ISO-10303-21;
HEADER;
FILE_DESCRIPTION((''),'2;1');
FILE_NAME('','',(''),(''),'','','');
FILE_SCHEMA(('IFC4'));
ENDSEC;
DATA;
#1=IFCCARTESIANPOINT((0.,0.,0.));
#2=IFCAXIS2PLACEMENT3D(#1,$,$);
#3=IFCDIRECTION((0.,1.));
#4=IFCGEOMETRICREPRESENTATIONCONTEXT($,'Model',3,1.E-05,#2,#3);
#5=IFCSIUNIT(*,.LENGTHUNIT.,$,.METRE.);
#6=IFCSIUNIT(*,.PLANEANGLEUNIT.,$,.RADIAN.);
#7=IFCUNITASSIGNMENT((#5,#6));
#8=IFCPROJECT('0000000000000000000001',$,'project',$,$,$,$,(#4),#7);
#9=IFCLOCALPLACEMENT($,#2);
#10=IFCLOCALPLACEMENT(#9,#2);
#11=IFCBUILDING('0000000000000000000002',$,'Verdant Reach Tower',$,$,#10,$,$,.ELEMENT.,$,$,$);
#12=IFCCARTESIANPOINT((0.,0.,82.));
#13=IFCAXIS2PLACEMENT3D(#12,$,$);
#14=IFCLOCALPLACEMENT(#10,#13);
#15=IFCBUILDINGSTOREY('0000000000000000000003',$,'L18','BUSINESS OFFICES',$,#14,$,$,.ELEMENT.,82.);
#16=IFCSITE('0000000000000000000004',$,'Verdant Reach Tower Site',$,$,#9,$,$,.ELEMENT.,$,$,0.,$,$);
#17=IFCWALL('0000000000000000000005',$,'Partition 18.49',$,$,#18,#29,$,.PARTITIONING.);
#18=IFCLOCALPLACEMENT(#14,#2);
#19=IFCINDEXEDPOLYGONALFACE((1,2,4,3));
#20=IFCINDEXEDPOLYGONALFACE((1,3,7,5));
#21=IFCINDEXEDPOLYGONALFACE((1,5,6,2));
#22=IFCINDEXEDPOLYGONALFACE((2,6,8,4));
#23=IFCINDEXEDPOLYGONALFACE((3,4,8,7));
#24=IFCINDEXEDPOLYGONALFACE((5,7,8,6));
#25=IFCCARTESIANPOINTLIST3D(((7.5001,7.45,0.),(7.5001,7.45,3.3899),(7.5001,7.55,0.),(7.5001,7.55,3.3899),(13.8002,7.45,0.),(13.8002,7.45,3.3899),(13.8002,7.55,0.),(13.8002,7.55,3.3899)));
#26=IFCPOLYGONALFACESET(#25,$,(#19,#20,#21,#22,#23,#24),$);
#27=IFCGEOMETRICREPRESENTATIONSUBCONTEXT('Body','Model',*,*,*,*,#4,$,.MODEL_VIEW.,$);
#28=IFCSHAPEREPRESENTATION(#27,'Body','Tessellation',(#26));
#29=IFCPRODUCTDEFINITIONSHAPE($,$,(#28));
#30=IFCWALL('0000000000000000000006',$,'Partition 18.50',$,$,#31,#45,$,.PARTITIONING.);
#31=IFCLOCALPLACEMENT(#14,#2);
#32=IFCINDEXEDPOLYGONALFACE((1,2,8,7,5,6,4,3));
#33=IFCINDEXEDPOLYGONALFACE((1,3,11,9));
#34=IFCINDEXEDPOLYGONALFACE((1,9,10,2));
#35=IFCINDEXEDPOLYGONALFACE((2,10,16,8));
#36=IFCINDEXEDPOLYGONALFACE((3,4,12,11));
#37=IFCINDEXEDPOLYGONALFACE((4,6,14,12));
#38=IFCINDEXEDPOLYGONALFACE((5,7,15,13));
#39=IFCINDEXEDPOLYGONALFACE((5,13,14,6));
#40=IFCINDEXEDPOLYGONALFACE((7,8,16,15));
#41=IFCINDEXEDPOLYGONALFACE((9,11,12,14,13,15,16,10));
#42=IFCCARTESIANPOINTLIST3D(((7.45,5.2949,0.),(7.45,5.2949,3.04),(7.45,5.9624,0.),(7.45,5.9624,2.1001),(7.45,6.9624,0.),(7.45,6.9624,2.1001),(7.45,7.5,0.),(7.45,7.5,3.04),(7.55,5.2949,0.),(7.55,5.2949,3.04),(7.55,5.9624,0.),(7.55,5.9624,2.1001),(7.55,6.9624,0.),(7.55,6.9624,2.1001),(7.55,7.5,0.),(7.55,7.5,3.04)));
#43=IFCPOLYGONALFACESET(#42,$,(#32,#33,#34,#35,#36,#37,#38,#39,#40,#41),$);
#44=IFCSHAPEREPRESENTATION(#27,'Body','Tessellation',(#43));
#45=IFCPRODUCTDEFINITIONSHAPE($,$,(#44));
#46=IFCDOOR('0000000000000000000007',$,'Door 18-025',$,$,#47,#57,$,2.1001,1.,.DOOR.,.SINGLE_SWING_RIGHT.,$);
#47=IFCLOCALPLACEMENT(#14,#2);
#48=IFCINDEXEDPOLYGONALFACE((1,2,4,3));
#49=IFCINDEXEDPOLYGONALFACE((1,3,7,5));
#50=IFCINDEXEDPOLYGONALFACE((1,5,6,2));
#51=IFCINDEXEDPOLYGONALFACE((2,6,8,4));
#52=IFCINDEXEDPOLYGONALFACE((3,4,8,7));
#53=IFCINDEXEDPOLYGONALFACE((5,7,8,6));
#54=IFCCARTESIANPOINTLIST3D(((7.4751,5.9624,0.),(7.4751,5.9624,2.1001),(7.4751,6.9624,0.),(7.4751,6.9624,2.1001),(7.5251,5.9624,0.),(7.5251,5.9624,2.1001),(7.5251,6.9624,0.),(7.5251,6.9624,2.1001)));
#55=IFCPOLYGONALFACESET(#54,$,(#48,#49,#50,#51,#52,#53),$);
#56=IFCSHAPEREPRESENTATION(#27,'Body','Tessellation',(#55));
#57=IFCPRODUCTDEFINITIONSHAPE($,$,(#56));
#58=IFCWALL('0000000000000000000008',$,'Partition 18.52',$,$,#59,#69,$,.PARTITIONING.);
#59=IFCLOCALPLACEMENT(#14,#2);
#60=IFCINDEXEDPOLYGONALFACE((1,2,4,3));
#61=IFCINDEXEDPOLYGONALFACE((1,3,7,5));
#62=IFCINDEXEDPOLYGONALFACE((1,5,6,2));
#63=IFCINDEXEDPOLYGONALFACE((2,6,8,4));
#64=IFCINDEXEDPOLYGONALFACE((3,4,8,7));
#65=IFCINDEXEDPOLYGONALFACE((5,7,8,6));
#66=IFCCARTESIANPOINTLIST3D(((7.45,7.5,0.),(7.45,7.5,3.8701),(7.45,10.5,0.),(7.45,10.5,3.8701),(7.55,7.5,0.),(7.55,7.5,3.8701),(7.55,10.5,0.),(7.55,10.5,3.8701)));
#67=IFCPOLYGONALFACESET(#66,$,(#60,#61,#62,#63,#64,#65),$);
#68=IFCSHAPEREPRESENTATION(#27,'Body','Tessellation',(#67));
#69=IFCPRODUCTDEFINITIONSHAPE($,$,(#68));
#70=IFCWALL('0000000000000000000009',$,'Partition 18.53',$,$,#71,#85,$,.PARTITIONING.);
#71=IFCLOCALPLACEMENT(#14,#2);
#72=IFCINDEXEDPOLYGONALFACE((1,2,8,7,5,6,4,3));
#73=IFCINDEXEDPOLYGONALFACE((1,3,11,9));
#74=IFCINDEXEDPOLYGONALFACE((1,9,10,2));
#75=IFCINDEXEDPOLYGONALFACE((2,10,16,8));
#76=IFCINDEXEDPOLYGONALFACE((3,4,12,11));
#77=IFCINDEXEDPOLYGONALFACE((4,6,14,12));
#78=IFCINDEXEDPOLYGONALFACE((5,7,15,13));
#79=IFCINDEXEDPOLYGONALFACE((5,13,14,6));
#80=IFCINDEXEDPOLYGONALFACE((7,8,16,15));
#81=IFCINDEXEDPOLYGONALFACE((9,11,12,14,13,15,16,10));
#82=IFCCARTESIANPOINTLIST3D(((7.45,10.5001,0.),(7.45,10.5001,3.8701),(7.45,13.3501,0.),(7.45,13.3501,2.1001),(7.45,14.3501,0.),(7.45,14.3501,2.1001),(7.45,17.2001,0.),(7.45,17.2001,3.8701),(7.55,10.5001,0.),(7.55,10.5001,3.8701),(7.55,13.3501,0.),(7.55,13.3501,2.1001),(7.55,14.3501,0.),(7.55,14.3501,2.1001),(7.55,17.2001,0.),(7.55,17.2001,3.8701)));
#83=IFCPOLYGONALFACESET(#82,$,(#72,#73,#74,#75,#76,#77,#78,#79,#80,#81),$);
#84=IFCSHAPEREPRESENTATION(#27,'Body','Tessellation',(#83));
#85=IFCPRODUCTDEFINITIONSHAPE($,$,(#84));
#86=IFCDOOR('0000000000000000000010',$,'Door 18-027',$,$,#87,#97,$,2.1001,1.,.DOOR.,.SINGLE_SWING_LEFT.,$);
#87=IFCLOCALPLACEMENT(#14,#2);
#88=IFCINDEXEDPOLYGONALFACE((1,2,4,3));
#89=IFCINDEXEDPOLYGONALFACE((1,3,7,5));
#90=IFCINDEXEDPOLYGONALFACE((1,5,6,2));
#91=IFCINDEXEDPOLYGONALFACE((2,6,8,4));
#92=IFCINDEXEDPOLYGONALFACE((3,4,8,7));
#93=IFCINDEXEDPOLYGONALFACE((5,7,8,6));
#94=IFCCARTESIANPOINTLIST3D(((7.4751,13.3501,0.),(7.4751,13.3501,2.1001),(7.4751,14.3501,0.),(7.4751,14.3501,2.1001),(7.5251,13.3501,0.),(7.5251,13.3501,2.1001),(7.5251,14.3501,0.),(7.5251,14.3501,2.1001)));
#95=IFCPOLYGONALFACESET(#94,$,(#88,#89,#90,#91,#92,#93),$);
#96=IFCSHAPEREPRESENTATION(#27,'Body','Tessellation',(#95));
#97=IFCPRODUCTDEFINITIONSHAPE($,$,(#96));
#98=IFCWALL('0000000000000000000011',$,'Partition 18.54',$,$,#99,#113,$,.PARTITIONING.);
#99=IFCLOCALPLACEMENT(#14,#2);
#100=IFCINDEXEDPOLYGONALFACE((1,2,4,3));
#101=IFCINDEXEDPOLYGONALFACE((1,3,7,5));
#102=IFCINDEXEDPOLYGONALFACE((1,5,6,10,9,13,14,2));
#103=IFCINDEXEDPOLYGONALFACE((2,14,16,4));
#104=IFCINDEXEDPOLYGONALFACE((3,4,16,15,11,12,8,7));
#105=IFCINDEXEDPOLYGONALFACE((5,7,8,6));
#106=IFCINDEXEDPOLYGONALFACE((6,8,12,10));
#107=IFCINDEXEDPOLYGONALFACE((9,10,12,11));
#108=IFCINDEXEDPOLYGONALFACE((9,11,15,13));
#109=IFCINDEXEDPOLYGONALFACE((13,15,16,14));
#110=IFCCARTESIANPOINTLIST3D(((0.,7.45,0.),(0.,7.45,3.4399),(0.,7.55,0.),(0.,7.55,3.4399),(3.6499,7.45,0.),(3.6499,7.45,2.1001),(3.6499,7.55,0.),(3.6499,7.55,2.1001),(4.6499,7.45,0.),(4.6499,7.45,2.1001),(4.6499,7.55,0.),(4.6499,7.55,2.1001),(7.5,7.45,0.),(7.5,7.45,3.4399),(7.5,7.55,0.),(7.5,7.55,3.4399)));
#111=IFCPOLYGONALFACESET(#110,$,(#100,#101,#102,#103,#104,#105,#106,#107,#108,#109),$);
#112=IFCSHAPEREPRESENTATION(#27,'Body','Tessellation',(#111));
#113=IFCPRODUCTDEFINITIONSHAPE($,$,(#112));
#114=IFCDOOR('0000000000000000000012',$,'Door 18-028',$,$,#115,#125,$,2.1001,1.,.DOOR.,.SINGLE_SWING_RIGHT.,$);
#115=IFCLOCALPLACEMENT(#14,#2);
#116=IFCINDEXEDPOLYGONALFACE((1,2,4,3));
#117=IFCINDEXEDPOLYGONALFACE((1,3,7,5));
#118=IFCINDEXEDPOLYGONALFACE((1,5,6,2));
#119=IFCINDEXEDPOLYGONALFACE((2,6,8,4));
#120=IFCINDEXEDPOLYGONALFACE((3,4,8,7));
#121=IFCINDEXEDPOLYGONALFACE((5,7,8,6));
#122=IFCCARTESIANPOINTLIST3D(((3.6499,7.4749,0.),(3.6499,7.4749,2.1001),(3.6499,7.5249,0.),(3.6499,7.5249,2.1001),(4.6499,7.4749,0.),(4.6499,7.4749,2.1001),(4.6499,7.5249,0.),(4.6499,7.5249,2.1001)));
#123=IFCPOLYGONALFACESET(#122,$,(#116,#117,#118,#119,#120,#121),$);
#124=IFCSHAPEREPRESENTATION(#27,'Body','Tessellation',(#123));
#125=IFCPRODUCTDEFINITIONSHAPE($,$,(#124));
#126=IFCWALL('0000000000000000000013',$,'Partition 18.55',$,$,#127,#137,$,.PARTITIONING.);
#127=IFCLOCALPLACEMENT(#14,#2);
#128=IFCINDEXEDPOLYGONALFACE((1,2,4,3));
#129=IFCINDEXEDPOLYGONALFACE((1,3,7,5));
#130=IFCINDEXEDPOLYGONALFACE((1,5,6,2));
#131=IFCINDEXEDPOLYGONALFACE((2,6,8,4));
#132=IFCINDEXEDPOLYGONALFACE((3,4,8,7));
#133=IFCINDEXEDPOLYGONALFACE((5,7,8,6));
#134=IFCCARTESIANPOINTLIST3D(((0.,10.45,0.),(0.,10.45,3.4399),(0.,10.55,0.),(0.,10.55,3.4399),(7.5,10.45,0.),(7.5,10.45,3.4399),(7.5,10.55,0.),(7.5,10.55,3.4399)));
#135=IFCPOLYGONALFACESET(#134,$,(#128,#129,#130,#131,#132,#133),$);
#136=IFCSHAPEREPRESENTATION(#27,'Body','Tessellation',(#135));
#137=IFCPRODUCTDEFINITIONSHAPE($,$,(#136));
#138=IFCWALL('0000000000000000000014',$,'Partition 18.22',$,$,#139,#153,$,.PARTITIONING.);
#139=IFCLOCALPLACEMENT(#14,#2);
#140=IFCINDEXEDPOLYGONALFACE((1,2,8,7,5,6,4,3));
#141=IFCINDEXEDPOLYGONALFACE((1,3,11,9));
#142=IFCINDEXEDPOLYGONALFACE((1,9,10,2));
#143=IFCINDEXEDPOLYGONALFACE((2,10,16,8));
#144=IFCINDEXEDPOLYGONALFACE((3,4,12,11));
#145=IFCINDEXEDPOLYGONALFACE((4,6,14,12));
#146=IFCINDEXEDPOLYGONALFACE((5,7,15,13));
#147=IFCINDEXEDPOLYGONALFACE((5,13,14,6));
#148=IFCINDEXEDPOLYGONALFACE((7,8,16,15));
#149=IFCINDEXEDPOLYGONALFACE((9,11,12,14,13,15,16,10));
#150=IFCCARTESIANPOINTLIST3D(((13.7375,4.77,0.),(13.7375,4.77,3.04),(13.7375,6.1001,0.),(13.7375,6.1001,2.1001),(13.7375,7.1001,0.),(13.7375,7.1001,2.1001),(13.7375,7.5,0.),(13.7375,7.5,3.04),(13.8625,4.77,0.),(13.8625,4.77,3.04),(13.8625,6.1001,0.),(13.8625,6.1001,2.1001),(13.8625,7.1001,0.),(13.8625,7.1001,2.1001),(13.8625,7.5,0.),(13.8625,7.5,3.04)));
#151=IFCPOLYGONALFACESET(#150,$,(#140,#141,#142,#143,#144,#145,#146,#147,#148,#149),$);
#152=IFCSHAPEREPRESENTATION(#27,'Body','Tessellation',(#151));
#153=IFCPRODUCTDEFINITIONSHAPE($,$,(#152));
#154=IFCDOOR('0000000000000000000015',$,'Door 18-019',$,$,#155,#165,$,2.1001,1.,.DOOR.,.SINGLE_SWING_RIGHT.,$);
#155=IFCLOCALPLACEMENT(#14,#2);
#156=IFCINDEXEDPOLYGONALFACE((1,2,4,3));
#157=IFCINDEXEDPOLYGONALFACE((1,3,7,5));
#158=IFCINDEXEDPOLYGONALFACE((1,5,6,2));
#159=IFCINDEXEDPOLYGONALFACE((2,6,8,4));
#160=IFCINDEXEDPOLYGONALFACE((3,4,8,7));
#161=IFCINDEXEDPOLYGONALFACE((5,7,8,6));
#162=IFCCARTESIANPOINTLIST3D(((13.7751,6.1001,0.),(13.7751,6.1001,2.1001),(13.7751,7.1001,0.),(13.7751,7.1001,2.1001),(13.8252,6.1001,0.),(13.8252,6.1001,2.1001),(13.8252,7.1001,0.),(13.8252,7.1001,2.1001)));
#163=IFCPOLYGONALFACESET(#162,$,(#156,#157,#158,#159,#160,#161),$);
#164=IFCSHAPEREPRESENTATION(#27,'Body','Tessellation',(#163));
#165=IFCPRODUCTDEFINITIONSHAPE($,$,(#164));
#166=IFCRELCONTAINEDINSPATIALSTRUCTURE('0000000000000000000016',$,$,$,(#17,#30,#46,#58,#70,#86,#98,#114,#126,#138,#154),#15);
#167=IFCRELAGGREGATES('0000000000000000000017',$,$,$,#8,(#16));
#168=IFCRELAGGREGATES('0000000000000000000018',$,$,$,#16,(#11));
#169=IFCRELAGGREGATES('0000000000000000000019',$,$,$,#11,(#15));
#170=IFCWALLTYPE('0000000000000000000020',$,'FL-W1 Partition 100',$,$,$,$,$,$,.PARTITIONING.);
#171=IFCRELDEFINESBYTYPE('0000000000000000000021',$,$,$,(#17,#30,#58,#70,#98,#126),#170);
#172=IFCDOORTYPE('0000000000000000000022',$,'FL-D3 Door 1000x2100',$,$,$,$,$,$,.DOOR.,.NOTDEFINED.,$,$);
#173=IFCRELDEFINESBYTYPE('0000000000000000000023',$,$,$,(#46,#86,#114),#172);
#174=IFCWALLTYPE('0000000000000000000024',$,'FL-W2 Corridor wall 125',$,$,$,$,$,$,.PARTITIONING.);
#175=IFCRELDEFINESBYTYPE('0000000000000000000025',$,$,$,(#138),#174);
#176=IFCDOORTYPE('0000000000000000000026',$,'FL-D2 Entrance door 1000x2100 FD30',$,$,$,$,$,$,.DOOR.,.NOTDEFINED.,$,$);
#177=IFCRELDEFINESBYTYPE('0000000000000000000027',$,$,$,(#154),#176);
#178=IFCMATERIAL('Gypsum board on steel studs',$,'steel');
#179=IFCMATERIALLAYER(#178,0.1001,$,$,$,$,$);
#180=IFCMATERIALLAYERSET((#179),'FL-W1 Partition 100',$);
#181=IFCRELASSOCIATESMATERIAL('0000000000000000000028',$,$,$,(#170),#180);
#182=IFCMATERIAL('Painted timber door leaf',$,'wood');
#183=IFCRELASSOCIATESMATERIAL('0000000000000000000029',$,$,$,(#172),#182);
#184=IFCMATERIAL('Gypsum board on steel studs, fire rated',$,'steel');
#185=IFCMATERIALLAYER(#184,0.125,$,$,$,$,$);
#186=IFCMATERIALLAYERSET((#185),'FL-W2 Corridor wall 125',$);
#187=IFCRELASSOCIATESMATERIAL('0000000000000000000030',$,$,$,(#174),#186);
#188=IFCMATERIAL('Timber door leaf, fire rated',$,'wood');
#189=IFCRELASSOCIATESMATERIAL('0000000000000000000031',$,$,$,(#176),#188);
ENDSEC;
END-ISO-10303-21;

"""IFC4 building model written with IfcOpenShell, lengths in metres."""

from ifc_helpers import new_model, si_unit, direction, frame, frame_2d, origin, place, context, subcontext, project, spatial, rectangle, extrude, material, layer, layer_set, type_object, element, fill, save


model = new_model("IFC4")

# Units and contexts
model_context = context("Model", 3, precision=1e-05, world=origin(), true_north=direction((0.0, 1.0)))
body_context = subcontext(model_context, "Body", "Model", "MODEL_VIEW")
ifc_project = project(units=[si_unit("LENGTHUNIT", "METRE"), si_unit("PLANEANGLEUNIT", "RADIAN")], contexts=[model_context])

# Site, building, storey
site_placement = place(None, origin())
site = spatial("IfcSite", under=ifc_project, at=site_placement, Name="Verdant Reach Tower Site", CompositionType="ELEMENT", RefElevation=0.0)
building_placement = place(site_placement, origin())
building = spatial("IfcBuilding", under=site, at=building_placement, Name="Verdant Reach Tower", CompositionType="ELEMENT")
storey_placement = place(building_placement, frame((0.0, 0.0, 82.0)))
storey = spatial("IfcBuildingStorey", under=building, at=storey_placement, Name="L18", Description="BUSINESS OFFICES", CompositionType="ELEMENT", Elevation=82.0)

# Wall
ifc_material_1 = material(Name="Gypsum board on steel studs", Category="steel")
ifc_layer_1 = layer(ifc_material_1, 0.1001)
ifc_layer_set_1 = layer_set([ifc_layer_1], Name="FL-W1 Partition 100")
wall_type_1 = type_object("IfcWallType", Name="FL-W1 Partition 100", PredefinedType="PARTITIONING", material=ifc_layer_set_1)
wall_1_placement = place(storey_placement, frame((13.8, 7.5, 0.0), z_axis=(0.0, 0.0, 1.0), x_axis=(-1.0, 0.0, 0.0)))
element("IfcWall", 1, at=wall_1_placement, inside=storey, type_object=wall_type_1, Name="Partition 18.49", PredefinedType="PARTITIONING", context=body_context, shape_type="SweptSolid", body=[
    extrude(rectangle(XDim=6.3, YDim=0.1001, at=frame_2d((3.1499, 0.0))), origin(), (0.0, 0.0, 1.0), 3.3899),
])

# Wall, opening, door
wall_2_placement = place(storey_placement, frame((7.5, 5.2949, 0.0), z_axis=(0.0, 0.0, 1.0), x_axis=(0.0, 1.0, 0.0)))
wall_2 = element("IfcWall", 2, at=wall_2_placement, inside=storey, type_object=wall_type_1, Name="Partition 18.50", PredefinedType="PARTITIONING", context=body_context, shape_type="SweptSolid", body=[
    extrude(rectangle(XDim=2.2051, YDim=0.1001, at=frame_2d((1.1025, 0.0))), origin(), (0.0, 0.0, 1.0), 3.04),
])
opening_1_placement = place(wall_2_placement, frame((0.6675, 0.0, 0.0)))
opening_1 = element("IfcOpeningElement", 3, at=opening_1_placement, cuts=wall_2, PredefinedType="OPENING", context=body_context, shape_type="SweptSolid", body=[
    extrude(rectangle(XDim=1.0, YDim=2.1001, at=frame_2d((0.5, 1.05))), frame((0.0, 0.0601, 0.0), z_axis=(0.0, -1.0, 0.0), x_axis=(1.0, 0.0, 0.0)), (0.0, 0.0, 1.0), 0.1201),
])
ifc_material_2 = material(Name="Painted timber door leaf", Category="wood")
door_type_1 = type_object("IfcDoorType", Name="FL-D3 Door 1000x2100", OperationType="NOTDEFINED", PredefinedType="DOOR", material=ifc_material_2)
door_1_placement = place(opening_1_placement, origin())
door_1 = element("IfcDoor", 4, at=door_1_placement, inside=storey, type_object=door_type_1, Name="Door 18-025", OperationType="SINGLE_SWING_RIGHT", OverallHeight=2.1001, OverallWidth=1.0, PredefinedType="DOOR", context=body_context, shape_type="SweptSolid", body=[
    extrude(rectangle(XDim=1.0, YDim=2.1001, at=frame_2d((0.5, 1.05))), frame((0.0, 0.0249, 0.0), z_axis=(0.0, -1.0, 0.0), x_axis=(1.0, 0.0, 0.0)), (0.0, 0.0, 1.0), 0.05),
])
fill(opening_1, door_1)

# Wall
wall_3_placement = place(storey_placement, frame((7.5, 10.5, 0.0), z_axis=(0.0, 0.0, 1.0), x_axis=(0.0, -1.0, 0.0)))
element("IfcWall", 5, at=wall_3_placement, inside=storey, type_object=wall_type_1, Name="Partition 18.52", PredefinedType="PARTITIONING", context=body_context, shape_type="SweptSolid", body=[
    extrude(rectangle(XDim=3.0, YDim=0.1001, at=frame_2d((1.5, 0.0))), origin(), (0.0, 0.0, 1.0), 3.8701),
])

# Walls, openings, doors
wall_4_placement = place(storey_placement, frame((7.5, 10.5, 0.0), z_axis=(0.0, 0.0, 1.0), x_axis=(0.0, 1.0, 0.0)))
wall_4 = element("IfcWall", 6, at=wall_4_placement, inside=storey, type_object=wall_type_1, Name="Partition 18.53", PredefinedType="PARTITIONING", context=body_context, shape_type="SweptSolid", body=[
    extrude(rectangle(XDim=6.7, YDim=0.1001, at=frame_2d((3.3501, 0.0))), origin(), (0.0, 0.0, 1.0), 3.8701),
])
opening_2_placement = place(wall_4_placement, frame((2.8501, 0.0, 0.0)))
opening_2 = element("IfcOpeningElement", 7, at=opening_2_placement, cuts=wall_4, PredefinedType="OPENING", context=body_context, shape_type="SweptSolid", body=[
    extrude(rectangle(XDim=1.0, YDim=2.1001, at=frame_2d((0.5, 1.05))), frame((0.0, 0.0601, 0.0), z_axis=(0.0, -1.0, 0.0), x_axis=(1.0, 0.0, 0.0)), (0.0, 0.0, 1.0), 0.1201),
])
door_2_placement = place(opening_2_placement, origin())
door_2 = element("IfcDoor", 8, at=door_2_placement, inside=storey, type_object=door_type_1, Name="Door 18-027", OperationType="SINGLE_SWING_LEFT", OverallHeight=2.1001, OverallWidth=1.0, PredefinedType="DOOR", context=body_context, shape_type="SweptSolid", body=[
    extrude(rectangle(XDim=1.0, YDim=2.1001, at=frame_2d((0.5, 1.05))), frame((0.0, 0.0249, 0.0), z_axis=(0.0, -1.0, 0.0), x_axis=(1.0, 0.0, 0.0)), (0.0, 0.0, 1.0), 0.05),
])
fill(opening_2, door_2)
wall_5_placement = place(storey_placement, frame((0.0, 7.5, 0.0), z_axis=(0.0, 0.0, 1.0), x_axis=(1.0, 0.0, 0.0)))
wall_5 = element("IfcWall", 9, at=wall_5_placement, inside=storey, type_object=wall_type_1, Name="Partition 18.54", PredefinedType="PARTITIONING", context=body_context, shape_type="SweptSolid", body=[
    extrude(rectangle(XDim=7.5, YDim=0.1001, at=frame_2d((3.75, 0.0))), origin(), (0.0, 0.0, 1.0), 3.4399),
])
opening_3_placement = place(wall_5_placement, frame((3.6499, 0.0, 0.0)))
opening_3 = element("IfcOpeningElement", 10, at=opening_3_placement, cuts=wall_5, PredefinedType="OPENING", context=body_context, shape_type="SweptSolid", body=[
    extrude(rectangle(XDim=1.0, YDim=2.1001, at=frame_2d((0.5, 1.05))), frame((0.0, 0.0601, 0.0), z_axis=(0.0, -1.0, 0.0), x_axis=(1.0, 0.0, 0.0)), (0.0, 0.0, 1.0), 0.1201),
])
door_3_placement = place(opening_3_placement, origin())
door_3 = element("IfcDoor", 11, at=door_3_placement, inside=storey, type_object=door_type_1, Name="Door 18-028", OperationType="SINGLE_SWING_RIGHT", OverallHeight=2.1001, OverallWidth=1.0, PredefinedType="DOOR", context=body_context, shape_type="SweptSolid", body=[
    extrude(rectangle(XDim=1.0, YDim=2.1001, at=frame_2d((0.5, 1.05))), frame((0.0, 0.0249, 0.0), z_axis=(0.0, -1.0, 0.0), x_axis=(1.0, 0.0, 0.0)), (0.0, 0.0, 1.0), 0.05),
])
fill(opening_3, door_3)

# Wall
wall_6_placement = place(storey_placement, frame((7.5, 10.5, 0.0), z_axis=(0.0, 0.0, 1.0), x_axis=(-1.0, 0.0, 0.0)))
element("IfcWall", 12, at=wall_6_placement, inside=storey, type_object=wall_type_1, Name="Partition 18.55", PredefinedType="PARTITIONING", context=body_context, shape_type="SweptSolid", body=[
    extrude(rectangle(XDim=7.5, YDim=0.1001, at=frame_2d((3.75, 0.0))), origin(), (0.0, 0.0, 1.0), 3.4399),
])

# Wall, opening, door
ifc_material_3 = material(Name="Gypsum board on steel studs, fire rated", Category="steel")
ifc_layer_2 = layer(ifc_material_3, 0.125)
ifc_layer_set_2 = layer_set([ifc_layer_2], Name="FL-W2 Corridor wall 125")
wall_type_2 = type_object("IfcWallType", Name="FL-W2 Corridor wall 125", PredefinedType="PARTITIONING", material=ifc_layer_set_2)
wall_7_placement = place(storey_placement, frame((13.8, 4.77, 0.0), z_axis=(0.0, 0.0, 1.0), x_axis=(0.0, 1.0, 0.0)))
wall_7 = element("IfcWall", 13, at=wall_7_placement, inside=storey, type_object=wall_type_2, Name="Partition 18.22", PredefinedType="PARTITIONING", context=body_context, shape_type="SweptSolid", body=[
    extrude(rectangle(XDim=2.73, YDim=0.125, at=frame_2d((1.365, 0.0))), origin(), (0.0, 0.0, 1.0), 3.04),
])
opening_4_placement = place(wall_7_placement, frame((1.3301, 0.0, 0.0)))
opening_4 = element("IfcOpeningElement", 14, at=opening_4_placement, cuts=wall_7, PredefinedType="OPENING", context=body_context, shape_type="SweptSolid", body=[
    extrude(rectangle(XDim=1.0, YDim=2.1001, at=frame_2d((0.5, 1.05))), frame((0.0, 0.0725, 0.0), z_axis=(0.0, -1.0, 0.0), x_axis=(1.0, 0.0, 0.0)), (0.0, 0.0, 1.0), 0.145),
])
ifc_material_4 = material(Name="Timber door leaf, fire rated", Category="wood")
door_type_2 = type_object("IfcDoorType", Name="FL-D2 Entrance door 1000x2100 FD30", OperationType="NOTDEFINED", PredefinedType="DOOR", material=ifc_material_4)
door_4_placement = place(opening_4_placement, origin())
door_4 = element("IfcDoor", 15, at=door_4_placement, inside=storey, type_object=door_type_2, Name="Door 18-019", OperationType="SINGLE_SWING_RIGHT", OverallHeight=2.1001, OverallWidth=1.0, PredefinedType="DOOR", context=body_context, shape_type="SweptSolid", body=[
    extrude(rectangle(XDim=1.0, YDim=2.1001, at=frame_2d((0.5, 1.05))), frame((0.0, 0.0249, 0.0), z_axis=(0.0, -1.0, 0.0), x_axis=(1.0, 0.0, 0.0)), (0.0, 0.0, 1.0), 0.05),
])
fill(opening_4, door_4)

save(model, "model.ifc")
